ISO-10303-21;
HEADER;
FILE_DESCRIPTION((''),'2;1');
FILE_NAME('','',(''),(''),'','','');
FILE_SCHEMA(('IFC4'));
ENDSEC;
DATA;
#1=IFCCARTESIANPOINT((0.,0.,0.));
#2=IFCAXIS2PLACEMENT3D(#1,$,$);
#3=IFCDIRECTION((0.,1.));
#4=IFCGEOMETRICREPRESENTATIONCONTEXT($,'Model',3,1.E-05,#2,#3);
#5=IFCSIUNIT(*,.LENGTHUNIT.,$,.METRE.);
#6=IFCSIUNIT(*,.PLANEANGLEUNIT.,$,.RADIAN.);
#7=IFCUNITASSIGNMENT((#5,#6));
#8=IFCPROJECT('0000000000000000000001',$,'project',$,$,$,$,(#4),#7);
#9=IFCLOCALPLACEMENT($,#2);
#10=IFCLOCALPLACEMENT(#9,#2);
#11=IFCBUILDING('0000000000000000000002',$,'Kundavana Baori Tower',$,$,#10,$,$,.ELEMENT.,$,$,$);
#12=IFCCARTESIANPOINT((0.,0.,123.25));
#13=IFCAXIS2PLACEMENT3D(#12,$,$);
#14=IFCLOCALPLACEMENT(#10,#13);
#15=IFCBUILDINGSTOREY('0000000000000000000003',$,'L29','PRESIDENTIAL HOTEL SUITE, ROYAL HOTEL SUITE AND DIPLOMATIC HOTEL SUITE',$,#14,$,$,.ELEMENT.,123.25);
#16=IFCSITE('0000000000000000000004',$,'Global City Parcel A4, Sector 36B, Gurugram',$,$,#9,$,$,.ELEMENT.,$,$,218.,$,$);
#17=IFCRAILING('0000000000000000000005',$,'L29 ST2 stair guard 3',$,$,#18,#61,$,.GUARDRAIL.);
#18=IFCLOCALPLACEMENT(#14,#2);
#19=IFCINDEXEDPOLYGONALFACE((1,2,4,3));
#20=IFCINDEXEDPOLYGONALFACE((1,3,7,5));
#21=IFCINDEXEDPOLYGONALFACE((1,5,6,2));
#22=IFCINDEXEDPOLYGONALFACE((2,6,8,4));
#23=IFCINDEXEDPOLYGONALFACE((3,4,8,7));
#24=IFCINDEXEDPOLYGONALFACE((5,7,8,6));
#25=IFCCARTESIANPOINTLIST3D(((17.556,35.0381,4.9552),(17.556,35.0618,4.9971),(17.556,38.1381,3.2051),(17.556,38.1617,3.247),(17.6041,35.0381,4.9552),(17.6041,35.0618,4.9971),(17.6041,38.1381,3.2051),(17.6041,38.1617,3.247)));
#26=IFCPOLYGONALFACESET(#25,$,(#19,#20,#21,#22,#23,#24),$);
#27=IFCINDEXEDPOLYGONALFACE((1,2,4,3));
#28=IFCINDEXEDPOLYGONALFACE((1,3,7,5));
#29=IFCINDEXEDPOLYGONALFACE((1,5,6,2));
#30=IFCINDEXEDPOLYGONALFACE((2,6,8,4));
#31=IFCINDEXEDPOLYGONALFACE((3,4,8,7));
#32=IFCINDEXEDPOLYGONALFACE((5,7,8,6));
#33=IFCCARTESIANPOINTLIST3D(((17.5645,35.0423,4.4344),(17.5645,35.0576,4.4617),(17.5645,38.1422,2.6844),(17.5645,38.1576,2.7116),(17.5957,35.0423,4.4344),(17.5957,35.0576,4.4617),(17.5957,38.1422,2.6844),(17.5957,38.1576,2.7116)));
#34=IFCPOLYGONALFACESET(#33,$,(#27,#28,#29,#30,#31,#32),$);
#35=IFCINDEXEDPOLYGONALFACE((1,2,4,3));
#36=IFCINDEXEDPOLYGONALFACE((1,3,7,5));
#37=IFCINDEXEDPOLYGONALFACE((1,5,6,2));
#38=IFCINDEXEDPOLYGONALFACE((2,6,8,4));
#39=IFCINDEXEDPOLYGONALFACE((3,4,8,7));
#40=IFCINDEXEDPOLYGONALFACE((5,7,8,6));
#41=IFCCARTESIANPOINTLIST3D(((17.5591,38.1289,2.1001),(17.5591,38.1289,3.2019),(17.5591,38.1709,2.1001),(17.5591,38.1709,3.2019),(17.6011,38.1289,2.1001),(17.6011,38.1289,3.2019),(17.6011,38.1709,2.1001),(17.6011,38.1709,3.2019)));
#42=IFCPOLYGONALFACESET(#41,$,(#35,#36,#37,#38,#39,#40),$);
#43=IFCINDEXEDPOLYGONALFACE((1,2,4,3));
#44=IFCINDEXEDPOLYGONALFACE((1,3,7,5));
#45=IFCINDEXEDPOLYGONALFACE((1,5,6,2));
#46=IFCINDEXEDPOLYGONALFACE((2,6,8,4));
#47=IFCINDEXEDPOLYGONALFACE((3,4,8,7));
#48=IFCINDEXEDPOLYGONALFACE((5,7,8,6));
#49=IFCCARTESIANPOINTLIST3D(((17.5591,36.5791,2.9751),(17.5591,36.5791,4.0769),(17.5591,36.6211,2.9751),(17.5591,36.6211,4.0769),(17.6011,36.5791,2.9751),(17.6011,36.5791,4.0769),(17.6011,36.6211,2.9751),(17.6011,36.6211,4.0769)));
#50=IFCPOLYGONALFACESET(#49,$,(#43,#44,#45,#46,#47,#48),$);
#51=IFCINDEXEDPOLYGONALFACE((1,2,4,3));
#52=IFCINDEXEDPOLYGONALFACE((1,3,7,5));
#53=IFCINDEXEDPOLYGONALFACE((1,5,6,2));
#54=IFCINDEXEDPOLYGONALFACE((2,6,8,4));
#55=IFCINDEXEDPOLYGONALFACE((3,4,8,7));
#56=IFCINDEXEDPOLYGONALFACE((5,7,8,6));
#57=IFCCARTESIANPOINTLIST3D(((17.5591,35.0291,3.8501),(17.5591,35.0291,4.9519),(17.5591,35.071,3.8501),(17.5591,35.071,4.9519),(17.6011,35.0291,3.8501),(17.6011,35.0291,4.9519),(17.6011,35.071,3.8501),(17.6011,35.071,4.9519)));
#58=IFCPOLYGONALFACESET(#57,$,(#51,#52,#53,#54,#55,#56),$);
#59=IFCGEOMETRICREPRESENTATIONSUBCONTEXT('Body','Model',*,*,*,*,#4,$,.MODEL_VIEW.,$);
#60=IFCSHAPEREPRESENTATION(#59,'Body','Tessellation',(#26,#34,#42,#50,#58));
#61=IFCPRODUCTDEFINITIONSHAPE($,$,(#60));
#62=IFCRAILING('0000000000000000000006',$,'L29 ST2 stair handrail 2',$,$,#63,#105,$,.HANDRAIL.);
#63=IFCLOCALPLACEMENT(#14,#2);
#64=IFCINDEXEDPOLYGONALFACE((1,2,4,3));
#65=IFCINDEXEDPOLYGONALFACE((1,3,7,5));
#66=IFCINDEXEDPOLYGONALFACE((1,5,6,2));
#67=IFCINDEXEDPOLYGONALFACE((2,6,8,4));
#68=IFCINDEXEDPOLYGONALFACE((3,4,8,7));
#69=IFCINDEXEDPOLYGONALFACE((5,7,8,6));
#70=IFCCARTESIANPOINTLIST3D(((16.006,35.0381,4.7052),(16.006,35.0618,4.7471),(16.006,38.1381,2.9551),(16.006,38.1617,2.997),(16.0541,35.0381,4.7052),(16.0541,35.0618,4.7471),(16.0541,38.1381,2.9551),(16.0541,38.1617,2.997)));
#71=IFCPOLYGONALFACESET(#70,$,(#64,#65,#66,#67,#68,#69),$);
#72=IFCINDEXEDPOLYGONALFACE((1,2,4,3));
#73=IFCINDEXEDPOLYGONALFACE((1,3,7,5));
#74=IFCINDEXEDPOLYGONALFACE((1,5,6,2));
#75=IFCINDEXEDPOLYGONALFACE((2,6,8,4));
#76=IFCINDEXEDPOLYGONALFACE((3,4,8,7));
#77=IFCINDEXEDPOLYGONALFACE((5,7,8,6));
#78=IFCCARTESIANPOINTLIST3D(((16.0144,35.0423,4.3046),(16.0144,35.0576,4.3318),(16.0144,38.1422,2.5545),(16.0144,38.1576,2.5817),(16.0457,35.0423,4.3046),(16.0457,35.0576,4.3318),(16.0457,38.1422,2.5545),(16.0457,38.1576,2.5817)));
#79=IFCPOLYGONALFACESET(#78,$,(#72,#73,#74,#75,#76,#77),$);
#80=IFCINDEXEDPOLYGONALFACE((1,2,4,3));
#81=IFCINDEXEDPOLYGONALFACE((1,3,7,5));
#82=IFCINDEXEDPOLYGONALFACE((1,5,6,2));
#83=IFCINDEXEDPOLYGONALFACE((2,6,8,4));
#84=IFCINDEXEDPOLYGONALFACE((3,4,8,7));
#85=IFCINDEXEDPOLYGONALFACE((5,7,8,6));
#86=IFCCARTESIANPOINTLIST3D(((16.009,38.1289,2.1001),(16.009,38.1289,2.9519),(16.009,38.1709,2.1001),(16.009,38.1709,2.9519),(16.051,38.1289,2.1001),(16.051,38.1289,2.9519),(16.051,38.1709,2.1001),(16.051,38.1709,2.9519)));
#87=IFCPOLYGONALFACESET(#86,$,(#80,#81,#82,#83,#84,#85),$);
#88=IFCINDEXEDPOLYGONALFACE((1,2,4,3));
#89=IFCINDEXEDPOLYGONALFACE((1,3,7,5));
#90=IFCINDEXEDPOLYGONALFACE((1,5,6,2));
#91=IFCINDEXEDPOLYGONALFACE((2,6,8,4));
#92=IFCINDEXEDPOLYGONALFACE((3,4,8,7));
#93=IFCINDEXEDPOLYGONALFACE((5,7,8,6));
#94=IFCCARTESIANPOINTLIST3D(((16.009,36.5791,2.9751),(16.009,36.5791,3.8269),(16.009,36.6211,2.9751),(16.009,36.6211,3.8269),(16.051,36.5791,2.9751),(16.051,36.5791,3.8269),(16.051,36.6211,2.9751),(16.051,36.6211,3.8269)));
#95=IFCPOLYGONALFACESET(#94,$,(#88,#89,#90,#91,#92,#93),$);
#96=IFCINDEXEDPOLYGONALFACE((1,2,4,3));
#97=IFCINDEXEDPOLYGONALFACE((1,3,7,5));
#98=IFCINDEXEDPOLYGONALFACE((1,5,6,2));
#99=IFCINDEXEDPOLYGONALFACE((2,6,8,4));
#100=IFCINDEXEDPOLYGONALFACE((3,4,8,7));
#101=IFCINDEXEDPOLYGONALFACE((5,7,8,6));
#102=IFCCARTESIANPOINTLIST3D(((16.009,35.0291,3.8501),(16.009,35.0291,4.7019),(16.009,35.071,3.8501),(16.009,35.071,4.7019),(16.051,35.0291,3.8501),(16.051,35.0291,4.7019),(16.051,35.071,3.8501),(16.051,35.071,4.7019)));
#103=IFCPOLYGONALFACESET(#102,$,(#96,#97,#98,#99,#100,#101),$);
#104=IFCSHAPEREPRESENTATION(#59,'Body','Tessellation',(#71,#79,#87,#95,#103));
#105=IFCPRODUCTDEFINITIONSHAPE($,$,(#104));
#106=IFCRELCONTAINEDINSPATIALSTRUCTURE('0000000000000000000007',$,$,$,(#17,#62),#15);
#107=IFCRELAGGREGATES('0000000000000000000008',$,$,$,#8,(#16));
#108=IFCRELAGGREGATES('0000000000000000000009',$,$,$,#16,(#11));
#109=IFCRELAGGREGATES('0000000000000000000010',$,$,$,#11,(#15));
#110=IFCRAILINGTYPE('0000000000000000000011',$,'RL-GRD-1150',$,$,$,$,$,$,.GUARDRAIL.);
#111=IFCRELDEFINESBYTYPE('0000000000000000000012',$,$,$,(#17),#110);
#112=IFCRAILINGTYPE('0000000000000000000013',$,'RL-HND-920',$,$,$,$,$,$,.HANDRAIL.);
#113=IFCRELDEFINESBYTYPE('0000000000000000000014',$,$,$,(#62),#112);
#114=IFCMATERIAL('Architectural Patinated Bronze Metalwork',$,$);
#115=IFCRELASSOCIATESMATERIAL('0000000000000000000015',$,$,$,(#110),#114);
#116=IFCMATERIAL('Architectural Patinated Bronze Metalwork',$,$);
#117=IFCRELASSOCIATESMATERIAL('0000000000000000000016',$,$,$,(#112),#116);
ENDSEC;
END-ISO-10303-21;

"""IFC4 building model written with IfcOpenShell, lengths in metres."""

from ifc_helpers import new_model, si_unit, direction, frame, origin, origin_2d, place, context, subcontext, project, spatial, rectangle, extrude, material, type_object, element, save


model = new_model("IFC4")

# Units and contexts
model_context = context("Model", 3, precision=1e-05, world=origin(), true_north=direction((0.0, 1.0)))
body_context = subcontext(model_context, "Body", "Model", "MODEL_VIEW")
ifc_project = project(units=[si_unit("LENGTHUNIT", "METRE"), si_unit("PLANEANGLEUNIT", "RADIAN")], contexts=[model_context])

# Site, building, storey
site_placement = place(None, origin())
site = spatial("IfcSite", under=ifc_project, at=site_placement, Name="Global City Parcel A4, Sector 36B, Gurugram", CompositionType="ELEMENT", RefElevation=218.0)
building_placement = place(site_placement, origin())
building = spatial("IfcBuilding", under=site, at=building_placement, Name="Kundavana Baori Tower", CompositionType="ELEMENT")
storey_placement = place(building_placement, frame((0.0, 0.0, 123.25)))
storey = spatial("IfcBuildingStorey", under=building, at=storey_placement, Name="L29", Description="PRESIDENTIAL HOTEL SUITE, ROYAL HOTEL SUITE AND DIPLOMATIC HOTEL SUITE", CompositionType="ELEMENT", Elevation=123.25)

# Railings
ifc_material_1 = material(Name="Architectural Patinated Bronze Metalwork")
railing_type_1 = type_object("IfcRailingType", Name="RL-GRD-1150", PredefinedType="GUARDRAIL", material=ifc_material_1)
railing_1_placement = place(storey_placement, frame((17.5801, 38.1499, 2.1001)))
element("IfcRailing", 1, at=railing_1_placement, inside=storey, type_object=railing_type_1, Name="L29 ST2 stair guard 3", PredefinedType="GUARDRAIL", context=body_context, shape_type="SweptSolid", body=[
    extrude(rectangle(XDim=0.0481, YDim=0.0481, at=origin_2d()), frame((0.0, 0.0, 1.126), z_axis=(0.0, -0.870814, 0.491612), x_axis=(1.0, 0.0, 0.0)), (0.0, 0.0, 1.0), 3.5598),
    extrude(rectangle(XDim=0.0312, YDim=0.0312, at=origin_2d()), frame((0.0, 0.0, 0.5979), z_axis=(0.0, -0.870814, 0.491612), x_axis=(1.0, 0.0, 0.0)), (0.0, 0.0, 1.0), 3.5598),
    extrude(rectangle(XDim=0.042, YDim=0.042, at=origin_2d()), origin(), (0.0, 0.0, 1.0), 1.1018),
    extrude(rectangle(XDim=0.042, YDim=0.042, at=origin_2d()), frame((0.0, -1.5498, 0.875)), (0.0, 0.0, 1.0), 1.1018),
    extrude(rectangle(XDim=0.042, YDim=0.042, at=origin_2d()), frame((0.0, -3.0999, 1.75)), (0.0, 0.0, 1.0), 1.1018),
])
ifc_material_2 = material(Name="Architectural Patinated Bronze Metalwork")
railing_type_2 = type_object("IfcRailingType", Name="RL-HND-920", PredefinedType="HANDRAIL", material=ifc_material_2)
railing_2_placement = place(storey_placement, frame((16.03, 38.1499, 2.1001)))
element("IfcRailing", 2, at=railing_2_placement, inside=storey, type_object=railing_type_2, Name="L29 ST2 stair handrail 2", PredefinedType="HANDRAIL", context=body_context, shape_type="SweptSolid", body=[
    extrude(rectangle(XDim=0.0481, YDim=0.0481, at=origin_2d()), frame((0.0, 0.0, 0.876), z_axis=(0.0, -0.870814, 0.491612), x_axis=(1.0, 0.0, 0.0)), (0.0, 0.0, 1.0), 3.5598),
    extrude(rectangle(XDim=0.0312, YDim=0.0312, at=origin_2d()), frame((0.0, 0.0, 0.468), z_axis=(0.0, -0.870814, 0.491612), x_axis=(1.0, 0.0, 0.0)), (0.0, 0.0, 1.0), 3.5598),
    extrude(rectangle(XDim=0.042, YDim=0.042, at=origin_2d()), origin(), (0.0, 0.0, 1.0), 0.8518),
    extrude(rectangle(XDim=0.042, YDim=0.042, at=origin_2d()), frame((0.0, -1.5498, 0.875)), (0.0, 0.0, 1.0), 0.8518),
    extrude(rectangle(XDim=0.042, YDim=0.042, at=origin_2d()), frame((0.0, -3.0999, 1.75)), (0.0, 0.0, 1.0), 0.8518),
])

save(model, "model.ifc")
